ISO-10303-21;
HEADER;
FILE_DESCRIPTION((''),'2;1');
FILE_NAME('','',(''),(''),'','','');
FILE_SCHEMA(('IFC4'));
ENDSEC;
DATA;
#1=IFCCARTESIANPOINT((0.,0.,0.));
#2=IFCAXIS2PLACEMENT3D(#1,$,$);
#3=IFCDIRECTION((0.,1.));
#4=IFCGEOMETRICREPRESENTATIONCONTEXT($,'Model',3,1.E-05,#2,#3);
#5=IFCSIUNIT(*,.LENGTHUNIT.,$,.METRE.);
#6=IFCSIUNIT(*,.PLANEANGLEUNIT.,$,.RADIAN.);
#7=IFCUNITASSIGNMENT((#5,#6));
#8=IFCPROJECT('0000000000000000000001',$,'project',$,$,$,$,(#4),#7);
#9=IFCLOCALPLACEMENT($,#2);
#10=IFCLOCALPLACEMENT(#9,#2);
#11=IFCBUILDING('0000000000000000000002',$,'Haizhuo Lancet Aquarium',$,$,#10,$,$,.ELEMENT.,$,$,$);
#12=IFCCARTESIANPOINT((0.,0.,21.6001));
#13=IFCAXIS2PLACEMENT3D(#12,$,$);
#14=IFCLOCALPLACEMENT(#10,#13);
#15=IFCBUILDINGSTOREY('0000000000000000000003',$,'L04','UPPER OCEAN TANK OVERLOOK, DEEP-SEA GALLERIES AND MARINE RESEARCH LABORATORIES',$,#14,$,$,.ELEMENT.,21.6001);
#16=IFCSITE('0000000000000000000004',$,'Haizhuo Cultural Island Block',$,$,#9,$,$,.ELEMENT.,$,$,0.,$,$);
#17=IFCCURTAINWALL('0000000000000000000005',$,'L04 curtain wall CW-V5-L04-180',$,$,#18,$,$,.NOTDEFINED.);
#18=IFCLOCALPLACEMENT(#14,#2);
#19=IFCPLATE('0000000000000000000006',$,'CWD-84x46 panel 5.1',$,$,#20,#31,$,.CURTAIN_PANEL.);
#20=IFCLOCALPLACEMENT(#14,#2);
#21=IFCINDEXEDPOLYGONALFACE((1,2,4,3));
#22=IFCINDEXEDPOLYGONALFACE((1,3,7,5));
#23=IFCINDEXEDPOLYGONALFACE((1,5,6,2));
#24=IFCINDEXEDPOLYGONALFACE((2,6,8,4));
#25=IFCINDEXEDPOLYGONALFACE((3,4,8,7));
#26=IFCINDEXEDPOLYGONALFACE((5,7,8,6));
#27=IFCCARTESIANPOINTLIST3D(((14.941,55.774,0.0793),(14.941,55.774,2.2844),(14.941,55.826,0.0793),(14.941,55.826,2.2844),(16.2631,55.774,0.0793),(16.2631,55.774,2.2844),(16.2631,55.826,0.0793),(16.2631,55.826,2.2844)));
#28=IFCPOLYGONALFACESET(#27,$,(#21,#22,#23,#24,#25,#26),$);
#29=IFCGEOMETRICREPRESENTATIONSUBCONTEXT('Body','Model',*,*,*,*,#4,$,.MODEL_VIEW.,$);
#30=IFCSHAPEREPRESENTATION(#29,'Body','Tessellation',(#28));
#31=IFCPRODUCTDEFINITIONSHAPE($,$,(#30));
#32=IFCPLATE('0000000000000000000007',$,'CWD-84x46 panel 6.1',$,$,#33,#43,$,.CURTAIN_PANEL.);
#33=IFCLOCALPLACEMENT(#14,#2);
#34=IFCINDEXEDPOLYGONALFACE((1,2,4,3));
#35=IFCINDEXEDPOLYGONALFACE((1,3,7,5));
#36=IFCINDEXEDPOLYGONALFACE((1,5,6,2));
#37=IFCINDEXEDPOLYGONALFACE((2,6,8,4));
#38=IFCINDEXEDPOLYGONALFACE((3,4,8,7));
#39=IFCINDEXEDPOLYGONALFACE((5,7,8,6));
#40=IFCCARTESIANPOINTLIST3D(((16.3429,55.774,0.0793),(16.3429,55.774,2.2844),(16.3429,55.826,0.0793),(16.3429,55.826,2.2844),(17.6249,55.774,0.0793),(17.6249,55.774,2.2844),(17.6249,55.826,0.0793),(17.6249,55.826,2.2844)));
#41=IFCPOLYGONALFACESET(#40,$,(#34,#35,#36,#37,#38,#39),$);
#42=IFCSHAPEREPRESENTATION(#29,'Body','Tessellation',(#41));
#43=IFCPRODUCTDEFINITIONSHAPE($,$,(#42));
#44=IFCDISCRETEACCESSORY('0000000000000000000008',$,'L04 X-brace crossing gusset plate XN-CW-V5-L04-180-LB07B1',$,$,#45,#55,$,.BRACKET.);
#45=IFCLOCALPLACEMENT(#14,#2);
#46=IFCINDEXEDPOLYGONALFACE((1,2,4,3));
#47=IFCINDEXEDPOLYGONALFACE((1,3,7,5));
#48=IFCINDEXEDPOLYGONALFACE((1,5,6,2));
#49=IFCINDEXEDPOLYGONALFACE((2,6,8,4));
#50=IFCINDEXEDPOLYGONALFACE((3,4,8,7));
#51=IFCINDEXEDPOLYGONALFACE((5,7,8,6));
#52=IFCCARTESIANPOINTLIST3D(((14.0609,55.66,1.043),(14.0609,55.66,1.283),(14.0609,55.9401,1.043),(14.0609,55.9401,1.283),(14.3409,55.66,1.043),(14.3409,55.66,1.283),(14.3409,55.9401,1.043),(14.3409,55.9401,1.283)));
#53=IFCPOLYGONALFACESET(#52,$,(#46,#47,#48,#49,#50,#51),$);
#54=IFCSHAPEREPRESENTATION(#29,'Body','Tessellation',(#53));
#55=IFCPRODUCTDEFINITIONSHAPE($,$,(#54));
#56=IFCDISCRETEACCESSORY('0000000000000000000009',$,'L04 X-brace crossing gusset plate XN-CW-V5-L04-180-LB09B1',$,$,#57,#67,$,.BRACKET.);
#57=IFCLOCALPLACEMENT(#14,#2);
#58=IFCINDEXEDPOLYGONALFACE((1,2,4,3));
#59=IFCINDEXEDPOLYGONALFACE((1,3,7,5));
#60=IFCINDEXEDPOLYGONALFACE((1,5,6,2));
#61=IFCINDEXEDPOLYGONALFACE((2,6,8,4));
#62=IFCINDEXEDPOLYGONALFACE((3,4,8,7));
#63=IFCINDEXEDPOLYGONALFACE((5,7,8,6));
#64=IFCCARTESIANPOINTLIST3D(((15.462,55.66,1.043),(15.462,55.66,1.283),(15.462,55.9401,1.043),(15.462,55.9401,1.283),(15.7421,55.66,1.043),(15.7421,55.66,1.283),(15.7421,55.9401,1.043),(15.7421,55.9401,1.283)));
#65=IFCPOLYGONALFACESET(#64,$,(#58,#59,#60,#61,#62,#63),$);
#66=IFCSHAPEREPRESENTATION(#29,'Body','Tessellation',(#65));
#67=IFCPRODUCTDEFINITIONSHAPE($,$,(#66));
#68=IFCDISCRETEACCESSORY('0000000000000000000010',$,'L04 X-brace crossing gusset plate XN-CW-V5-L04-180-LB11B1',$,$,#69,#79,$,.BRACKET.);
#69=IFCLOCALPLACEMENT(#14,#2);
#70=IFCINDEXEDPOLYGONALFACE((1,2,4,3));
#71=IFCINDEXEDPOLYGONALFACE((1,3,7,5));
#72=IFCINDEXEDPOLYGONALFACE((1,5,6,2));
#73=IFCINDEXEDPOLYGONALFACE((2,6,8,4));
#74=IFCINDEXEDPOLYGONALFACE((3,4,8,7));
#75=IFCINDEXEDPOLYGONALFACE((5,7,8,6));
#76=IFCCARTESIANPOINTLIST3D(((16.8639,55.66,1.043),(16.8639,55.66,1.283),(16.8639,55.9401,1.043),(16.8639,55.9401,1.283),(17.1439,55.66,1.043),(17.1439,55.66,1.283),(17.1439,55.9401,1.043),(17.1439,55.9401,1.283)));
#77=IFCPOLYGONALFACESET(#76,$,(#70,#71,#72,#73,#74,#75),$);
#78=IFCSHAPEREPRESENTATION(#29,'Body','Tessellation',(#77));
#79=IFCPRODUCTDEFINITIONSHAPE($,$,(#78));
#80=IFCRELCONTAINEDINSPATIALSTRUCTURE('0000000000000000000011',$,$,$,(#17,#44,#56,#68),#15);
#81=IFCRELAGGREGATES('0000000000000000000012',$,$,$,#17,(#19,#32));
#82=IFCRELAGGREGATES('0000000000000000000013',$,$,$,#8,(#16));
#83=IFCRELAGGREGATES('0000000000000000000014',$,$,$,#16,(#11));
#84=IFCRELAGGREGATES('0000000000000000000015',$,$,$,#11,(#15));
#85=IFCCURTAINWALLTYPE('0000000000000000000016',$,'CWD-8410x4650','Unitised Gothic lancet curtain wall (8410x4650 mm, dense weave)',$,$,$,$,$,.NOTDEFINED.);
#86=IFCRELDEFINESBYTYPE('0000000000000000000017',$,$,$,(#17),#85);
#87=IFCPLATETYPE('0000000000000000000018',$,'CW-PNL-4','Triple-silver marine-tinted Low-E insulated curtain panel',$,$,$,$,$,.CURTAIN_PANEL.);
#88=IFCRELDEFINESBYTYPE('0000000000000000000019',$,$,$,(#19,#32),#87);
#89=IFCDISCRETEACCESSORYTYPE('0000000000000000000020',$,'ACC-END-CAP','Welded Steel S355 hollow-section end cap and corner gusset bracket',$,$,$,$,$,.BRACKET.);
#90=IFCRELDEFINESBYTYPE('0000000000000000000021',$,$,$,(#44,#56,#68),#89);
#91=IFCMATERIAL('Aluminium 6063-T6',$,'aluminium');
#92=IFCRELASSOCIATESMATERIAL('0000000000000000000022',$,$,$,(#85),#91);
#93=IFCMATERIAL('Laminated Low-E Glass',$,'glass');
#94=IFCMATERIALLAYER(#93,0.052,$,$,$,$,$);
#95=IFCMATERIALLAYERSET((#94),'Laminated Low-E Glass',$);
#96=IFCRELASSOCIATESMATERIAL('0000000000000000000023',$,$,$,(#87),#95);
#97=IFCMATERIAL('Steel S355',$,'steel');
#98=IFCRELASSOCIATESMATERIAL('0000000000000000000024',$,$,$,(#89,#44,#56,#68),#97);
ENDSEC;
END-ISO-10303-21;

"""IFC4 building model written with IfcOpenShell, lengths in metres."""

from ifc_helpers import new_model, si_unit, direction, frame, origin, origin_2d, place, context, subcontext, project, spatial, rectangle, extrude, material, layer, layer_set, type_object, element, aggregate, save


model = new_model("IFC4")

# Units and contexts
model_context = context("Model", 3, precision=1e-05, world=origin(), true_north=direction((0.0, 1.0)))
body_context = subcontext(model_context, "Body", "Model", "MODEL_VIEW")
ifc_project = project(units=[si_unit("LENGTHUNIT", "METRE"), si_unit("PLANEANGLEUNIT", "RADIAN")], contexts=[model_context])

# Site, building, storey
site_placement = place(None, origin())
site = spatial("IfcSite", under=ifc_project, at=site_placement, Name="Haizhuo Cultural Island Block", CompositionType="ELEMENT", RefElevation=0.0)
building_placement = place(site_placement, origin())
building = spatial("IfcBuilding", under=site, at=building_placement, Name="Haizhuo Lancet Aquarium", CompositionType="ELEMENT")
storey_placement = place(building_placement, frame((0.0, 0.0, 21.6001)))
storey = spatial("IfcBuildingStorey", under=building, at=storey_placement, Name="L04", Description="UPPER OCEAN TANK OVERLOOK, DEEP-SEA GALLERIES AND MARINE RESEARCH LABORATORIES", CompositionType="ELEMENT", Elevation=21.6001)

# Shared definitions
ifc_material_1 = material(Name="Aluminium 6063-T6", Category="aluminium")

# Curtain wall
curtain_wall_type_1 = type_object("IfcCurtainWallType", Name="CWD-8410x4650", Description="Unitised Gothic lancet curtain wall (8410x4650 mm, dense weave)", PredefinedType="NOTDEFINED", material=ifc_material_1)
curtain_wall_1_placement = place(storey_placement, origin())
curtain_wall_1 = element("IfcCurtainWall", 1, at=curtain_wall_1_placement, inside=storey, type_object=curtain_wall_type_1, Name="L04 curtain wall CW-V5-L04-180", PredefinedType="NOTDEFINED")

# Shared definitions
ifc_material_2 = material(Name="Steel S355", Category="steel")

# Plates
ifc_material_3 = material(Name="Laminated Low-E Glass", Category="glass")
ifc_layer = layer(ifc_material_3, 0.052)
ifc_layer_set = layer_set([ifc_layer], Name="Laminated Low-E Glass")
plate_type = type_object("IfcPlateType", Name="CW-PNL-4", Description="Triple-silver marine-tinted Low-E insulated curtain panel", PredefinedType="CURTAIN_PANEL", material=ifc_layer_set)
plate_1_placement = place(storey_placement, frame((15.6021, 55.8, 0.0793), z_axis=(0.0, 0.0, 1.0), x_axis=(1.0, 0.0, 0.0)))
plate_1 = element("IfcPlate", 2, at=plate_1_placement, type_object=plate_type, Name="CWD-84x46 panel 5.1", PredefinedType="CURTAIN_PANEL", context=body_context, shape_type="SweptSolid", body=[
    extrude(rectangle(XDim=1.322, YDim=0.052, at=origin_2d()), origin(), (0.0, 0.0, 1.0), 2.2051),
])
plate_2_placement = place(storey_placement, frame((16.9839, 55.8, 0.0793), z_axis=(0.0, 0.0, 1.0), x_axis=(1.0, 0.0, 0.0)))
plate_2 = element("IfcPlate", 3, at=plate_2_placement, type_object=plate_type, Name="CWD-84x46 panel 6.1", PredefinedType="CURTAIN_PANEL", context=body_context, shape_type="SweptSolid", body=[
    extrude(rectangle(XDim=1.282, YDim=0.052, at=origin_2d()), origin(), (0.0, 0.0, 1.0), 2.2051),
])
aggregate(curtain_wall_1, [plate_1, plate_2])

# Discrete accessories
discrete_accessory_type = type_object("IfcDiscreteAccessoryType", Name="ACC-END-CAP", Description="Welded Steel S355 hollow-section end cap and corner gusset bracket", PredefinedType="BRACKET", material=ifc_material_2)
for number, where, z_axis, x_axis, name in (
    (4, (14.2009, 55.8, 1.043), (0.0, 0.0, 1.0), (1.0, 0.0, 0.0), "L04 X-brace crossing gusset plate XN-CW-V5-L04-180-LB07B1"),
    (5, (15.6021, 55.8, 1.043), (0.0, 0.0, 1.0), (1.0, 0.0, 0.0), "L04 X-brace crossing gusset plate XN-CW-V5-L04-180-LB09B1"),
    (6, (17.0039, 55.8, 1.043), (0.0, 0.0, 1.0), (1.0, 0.0, 0.0), "L04 X-brace crossing gusset plate XN-CW-V5-L04-180-LB11B1"),
):
    element("IfcDiscreteAccessory", number, at=place(storey_placement, frame(where, z_axis=z_axis, x_axis=x_axis)), inside=storey, type_object=discrete_accessory_type, material=ifc_material_2, Name=name, PredefinedType="BRACKET", context=body_context, shape_type="SweptSolid", body=[
        extrude(rectangle(XDim=0.28, YDim=0.28, at=origin_2d()), origin(), (0.0, 0.0, 1.0), 0.24),
    ])

save(model, "model.ifc")
